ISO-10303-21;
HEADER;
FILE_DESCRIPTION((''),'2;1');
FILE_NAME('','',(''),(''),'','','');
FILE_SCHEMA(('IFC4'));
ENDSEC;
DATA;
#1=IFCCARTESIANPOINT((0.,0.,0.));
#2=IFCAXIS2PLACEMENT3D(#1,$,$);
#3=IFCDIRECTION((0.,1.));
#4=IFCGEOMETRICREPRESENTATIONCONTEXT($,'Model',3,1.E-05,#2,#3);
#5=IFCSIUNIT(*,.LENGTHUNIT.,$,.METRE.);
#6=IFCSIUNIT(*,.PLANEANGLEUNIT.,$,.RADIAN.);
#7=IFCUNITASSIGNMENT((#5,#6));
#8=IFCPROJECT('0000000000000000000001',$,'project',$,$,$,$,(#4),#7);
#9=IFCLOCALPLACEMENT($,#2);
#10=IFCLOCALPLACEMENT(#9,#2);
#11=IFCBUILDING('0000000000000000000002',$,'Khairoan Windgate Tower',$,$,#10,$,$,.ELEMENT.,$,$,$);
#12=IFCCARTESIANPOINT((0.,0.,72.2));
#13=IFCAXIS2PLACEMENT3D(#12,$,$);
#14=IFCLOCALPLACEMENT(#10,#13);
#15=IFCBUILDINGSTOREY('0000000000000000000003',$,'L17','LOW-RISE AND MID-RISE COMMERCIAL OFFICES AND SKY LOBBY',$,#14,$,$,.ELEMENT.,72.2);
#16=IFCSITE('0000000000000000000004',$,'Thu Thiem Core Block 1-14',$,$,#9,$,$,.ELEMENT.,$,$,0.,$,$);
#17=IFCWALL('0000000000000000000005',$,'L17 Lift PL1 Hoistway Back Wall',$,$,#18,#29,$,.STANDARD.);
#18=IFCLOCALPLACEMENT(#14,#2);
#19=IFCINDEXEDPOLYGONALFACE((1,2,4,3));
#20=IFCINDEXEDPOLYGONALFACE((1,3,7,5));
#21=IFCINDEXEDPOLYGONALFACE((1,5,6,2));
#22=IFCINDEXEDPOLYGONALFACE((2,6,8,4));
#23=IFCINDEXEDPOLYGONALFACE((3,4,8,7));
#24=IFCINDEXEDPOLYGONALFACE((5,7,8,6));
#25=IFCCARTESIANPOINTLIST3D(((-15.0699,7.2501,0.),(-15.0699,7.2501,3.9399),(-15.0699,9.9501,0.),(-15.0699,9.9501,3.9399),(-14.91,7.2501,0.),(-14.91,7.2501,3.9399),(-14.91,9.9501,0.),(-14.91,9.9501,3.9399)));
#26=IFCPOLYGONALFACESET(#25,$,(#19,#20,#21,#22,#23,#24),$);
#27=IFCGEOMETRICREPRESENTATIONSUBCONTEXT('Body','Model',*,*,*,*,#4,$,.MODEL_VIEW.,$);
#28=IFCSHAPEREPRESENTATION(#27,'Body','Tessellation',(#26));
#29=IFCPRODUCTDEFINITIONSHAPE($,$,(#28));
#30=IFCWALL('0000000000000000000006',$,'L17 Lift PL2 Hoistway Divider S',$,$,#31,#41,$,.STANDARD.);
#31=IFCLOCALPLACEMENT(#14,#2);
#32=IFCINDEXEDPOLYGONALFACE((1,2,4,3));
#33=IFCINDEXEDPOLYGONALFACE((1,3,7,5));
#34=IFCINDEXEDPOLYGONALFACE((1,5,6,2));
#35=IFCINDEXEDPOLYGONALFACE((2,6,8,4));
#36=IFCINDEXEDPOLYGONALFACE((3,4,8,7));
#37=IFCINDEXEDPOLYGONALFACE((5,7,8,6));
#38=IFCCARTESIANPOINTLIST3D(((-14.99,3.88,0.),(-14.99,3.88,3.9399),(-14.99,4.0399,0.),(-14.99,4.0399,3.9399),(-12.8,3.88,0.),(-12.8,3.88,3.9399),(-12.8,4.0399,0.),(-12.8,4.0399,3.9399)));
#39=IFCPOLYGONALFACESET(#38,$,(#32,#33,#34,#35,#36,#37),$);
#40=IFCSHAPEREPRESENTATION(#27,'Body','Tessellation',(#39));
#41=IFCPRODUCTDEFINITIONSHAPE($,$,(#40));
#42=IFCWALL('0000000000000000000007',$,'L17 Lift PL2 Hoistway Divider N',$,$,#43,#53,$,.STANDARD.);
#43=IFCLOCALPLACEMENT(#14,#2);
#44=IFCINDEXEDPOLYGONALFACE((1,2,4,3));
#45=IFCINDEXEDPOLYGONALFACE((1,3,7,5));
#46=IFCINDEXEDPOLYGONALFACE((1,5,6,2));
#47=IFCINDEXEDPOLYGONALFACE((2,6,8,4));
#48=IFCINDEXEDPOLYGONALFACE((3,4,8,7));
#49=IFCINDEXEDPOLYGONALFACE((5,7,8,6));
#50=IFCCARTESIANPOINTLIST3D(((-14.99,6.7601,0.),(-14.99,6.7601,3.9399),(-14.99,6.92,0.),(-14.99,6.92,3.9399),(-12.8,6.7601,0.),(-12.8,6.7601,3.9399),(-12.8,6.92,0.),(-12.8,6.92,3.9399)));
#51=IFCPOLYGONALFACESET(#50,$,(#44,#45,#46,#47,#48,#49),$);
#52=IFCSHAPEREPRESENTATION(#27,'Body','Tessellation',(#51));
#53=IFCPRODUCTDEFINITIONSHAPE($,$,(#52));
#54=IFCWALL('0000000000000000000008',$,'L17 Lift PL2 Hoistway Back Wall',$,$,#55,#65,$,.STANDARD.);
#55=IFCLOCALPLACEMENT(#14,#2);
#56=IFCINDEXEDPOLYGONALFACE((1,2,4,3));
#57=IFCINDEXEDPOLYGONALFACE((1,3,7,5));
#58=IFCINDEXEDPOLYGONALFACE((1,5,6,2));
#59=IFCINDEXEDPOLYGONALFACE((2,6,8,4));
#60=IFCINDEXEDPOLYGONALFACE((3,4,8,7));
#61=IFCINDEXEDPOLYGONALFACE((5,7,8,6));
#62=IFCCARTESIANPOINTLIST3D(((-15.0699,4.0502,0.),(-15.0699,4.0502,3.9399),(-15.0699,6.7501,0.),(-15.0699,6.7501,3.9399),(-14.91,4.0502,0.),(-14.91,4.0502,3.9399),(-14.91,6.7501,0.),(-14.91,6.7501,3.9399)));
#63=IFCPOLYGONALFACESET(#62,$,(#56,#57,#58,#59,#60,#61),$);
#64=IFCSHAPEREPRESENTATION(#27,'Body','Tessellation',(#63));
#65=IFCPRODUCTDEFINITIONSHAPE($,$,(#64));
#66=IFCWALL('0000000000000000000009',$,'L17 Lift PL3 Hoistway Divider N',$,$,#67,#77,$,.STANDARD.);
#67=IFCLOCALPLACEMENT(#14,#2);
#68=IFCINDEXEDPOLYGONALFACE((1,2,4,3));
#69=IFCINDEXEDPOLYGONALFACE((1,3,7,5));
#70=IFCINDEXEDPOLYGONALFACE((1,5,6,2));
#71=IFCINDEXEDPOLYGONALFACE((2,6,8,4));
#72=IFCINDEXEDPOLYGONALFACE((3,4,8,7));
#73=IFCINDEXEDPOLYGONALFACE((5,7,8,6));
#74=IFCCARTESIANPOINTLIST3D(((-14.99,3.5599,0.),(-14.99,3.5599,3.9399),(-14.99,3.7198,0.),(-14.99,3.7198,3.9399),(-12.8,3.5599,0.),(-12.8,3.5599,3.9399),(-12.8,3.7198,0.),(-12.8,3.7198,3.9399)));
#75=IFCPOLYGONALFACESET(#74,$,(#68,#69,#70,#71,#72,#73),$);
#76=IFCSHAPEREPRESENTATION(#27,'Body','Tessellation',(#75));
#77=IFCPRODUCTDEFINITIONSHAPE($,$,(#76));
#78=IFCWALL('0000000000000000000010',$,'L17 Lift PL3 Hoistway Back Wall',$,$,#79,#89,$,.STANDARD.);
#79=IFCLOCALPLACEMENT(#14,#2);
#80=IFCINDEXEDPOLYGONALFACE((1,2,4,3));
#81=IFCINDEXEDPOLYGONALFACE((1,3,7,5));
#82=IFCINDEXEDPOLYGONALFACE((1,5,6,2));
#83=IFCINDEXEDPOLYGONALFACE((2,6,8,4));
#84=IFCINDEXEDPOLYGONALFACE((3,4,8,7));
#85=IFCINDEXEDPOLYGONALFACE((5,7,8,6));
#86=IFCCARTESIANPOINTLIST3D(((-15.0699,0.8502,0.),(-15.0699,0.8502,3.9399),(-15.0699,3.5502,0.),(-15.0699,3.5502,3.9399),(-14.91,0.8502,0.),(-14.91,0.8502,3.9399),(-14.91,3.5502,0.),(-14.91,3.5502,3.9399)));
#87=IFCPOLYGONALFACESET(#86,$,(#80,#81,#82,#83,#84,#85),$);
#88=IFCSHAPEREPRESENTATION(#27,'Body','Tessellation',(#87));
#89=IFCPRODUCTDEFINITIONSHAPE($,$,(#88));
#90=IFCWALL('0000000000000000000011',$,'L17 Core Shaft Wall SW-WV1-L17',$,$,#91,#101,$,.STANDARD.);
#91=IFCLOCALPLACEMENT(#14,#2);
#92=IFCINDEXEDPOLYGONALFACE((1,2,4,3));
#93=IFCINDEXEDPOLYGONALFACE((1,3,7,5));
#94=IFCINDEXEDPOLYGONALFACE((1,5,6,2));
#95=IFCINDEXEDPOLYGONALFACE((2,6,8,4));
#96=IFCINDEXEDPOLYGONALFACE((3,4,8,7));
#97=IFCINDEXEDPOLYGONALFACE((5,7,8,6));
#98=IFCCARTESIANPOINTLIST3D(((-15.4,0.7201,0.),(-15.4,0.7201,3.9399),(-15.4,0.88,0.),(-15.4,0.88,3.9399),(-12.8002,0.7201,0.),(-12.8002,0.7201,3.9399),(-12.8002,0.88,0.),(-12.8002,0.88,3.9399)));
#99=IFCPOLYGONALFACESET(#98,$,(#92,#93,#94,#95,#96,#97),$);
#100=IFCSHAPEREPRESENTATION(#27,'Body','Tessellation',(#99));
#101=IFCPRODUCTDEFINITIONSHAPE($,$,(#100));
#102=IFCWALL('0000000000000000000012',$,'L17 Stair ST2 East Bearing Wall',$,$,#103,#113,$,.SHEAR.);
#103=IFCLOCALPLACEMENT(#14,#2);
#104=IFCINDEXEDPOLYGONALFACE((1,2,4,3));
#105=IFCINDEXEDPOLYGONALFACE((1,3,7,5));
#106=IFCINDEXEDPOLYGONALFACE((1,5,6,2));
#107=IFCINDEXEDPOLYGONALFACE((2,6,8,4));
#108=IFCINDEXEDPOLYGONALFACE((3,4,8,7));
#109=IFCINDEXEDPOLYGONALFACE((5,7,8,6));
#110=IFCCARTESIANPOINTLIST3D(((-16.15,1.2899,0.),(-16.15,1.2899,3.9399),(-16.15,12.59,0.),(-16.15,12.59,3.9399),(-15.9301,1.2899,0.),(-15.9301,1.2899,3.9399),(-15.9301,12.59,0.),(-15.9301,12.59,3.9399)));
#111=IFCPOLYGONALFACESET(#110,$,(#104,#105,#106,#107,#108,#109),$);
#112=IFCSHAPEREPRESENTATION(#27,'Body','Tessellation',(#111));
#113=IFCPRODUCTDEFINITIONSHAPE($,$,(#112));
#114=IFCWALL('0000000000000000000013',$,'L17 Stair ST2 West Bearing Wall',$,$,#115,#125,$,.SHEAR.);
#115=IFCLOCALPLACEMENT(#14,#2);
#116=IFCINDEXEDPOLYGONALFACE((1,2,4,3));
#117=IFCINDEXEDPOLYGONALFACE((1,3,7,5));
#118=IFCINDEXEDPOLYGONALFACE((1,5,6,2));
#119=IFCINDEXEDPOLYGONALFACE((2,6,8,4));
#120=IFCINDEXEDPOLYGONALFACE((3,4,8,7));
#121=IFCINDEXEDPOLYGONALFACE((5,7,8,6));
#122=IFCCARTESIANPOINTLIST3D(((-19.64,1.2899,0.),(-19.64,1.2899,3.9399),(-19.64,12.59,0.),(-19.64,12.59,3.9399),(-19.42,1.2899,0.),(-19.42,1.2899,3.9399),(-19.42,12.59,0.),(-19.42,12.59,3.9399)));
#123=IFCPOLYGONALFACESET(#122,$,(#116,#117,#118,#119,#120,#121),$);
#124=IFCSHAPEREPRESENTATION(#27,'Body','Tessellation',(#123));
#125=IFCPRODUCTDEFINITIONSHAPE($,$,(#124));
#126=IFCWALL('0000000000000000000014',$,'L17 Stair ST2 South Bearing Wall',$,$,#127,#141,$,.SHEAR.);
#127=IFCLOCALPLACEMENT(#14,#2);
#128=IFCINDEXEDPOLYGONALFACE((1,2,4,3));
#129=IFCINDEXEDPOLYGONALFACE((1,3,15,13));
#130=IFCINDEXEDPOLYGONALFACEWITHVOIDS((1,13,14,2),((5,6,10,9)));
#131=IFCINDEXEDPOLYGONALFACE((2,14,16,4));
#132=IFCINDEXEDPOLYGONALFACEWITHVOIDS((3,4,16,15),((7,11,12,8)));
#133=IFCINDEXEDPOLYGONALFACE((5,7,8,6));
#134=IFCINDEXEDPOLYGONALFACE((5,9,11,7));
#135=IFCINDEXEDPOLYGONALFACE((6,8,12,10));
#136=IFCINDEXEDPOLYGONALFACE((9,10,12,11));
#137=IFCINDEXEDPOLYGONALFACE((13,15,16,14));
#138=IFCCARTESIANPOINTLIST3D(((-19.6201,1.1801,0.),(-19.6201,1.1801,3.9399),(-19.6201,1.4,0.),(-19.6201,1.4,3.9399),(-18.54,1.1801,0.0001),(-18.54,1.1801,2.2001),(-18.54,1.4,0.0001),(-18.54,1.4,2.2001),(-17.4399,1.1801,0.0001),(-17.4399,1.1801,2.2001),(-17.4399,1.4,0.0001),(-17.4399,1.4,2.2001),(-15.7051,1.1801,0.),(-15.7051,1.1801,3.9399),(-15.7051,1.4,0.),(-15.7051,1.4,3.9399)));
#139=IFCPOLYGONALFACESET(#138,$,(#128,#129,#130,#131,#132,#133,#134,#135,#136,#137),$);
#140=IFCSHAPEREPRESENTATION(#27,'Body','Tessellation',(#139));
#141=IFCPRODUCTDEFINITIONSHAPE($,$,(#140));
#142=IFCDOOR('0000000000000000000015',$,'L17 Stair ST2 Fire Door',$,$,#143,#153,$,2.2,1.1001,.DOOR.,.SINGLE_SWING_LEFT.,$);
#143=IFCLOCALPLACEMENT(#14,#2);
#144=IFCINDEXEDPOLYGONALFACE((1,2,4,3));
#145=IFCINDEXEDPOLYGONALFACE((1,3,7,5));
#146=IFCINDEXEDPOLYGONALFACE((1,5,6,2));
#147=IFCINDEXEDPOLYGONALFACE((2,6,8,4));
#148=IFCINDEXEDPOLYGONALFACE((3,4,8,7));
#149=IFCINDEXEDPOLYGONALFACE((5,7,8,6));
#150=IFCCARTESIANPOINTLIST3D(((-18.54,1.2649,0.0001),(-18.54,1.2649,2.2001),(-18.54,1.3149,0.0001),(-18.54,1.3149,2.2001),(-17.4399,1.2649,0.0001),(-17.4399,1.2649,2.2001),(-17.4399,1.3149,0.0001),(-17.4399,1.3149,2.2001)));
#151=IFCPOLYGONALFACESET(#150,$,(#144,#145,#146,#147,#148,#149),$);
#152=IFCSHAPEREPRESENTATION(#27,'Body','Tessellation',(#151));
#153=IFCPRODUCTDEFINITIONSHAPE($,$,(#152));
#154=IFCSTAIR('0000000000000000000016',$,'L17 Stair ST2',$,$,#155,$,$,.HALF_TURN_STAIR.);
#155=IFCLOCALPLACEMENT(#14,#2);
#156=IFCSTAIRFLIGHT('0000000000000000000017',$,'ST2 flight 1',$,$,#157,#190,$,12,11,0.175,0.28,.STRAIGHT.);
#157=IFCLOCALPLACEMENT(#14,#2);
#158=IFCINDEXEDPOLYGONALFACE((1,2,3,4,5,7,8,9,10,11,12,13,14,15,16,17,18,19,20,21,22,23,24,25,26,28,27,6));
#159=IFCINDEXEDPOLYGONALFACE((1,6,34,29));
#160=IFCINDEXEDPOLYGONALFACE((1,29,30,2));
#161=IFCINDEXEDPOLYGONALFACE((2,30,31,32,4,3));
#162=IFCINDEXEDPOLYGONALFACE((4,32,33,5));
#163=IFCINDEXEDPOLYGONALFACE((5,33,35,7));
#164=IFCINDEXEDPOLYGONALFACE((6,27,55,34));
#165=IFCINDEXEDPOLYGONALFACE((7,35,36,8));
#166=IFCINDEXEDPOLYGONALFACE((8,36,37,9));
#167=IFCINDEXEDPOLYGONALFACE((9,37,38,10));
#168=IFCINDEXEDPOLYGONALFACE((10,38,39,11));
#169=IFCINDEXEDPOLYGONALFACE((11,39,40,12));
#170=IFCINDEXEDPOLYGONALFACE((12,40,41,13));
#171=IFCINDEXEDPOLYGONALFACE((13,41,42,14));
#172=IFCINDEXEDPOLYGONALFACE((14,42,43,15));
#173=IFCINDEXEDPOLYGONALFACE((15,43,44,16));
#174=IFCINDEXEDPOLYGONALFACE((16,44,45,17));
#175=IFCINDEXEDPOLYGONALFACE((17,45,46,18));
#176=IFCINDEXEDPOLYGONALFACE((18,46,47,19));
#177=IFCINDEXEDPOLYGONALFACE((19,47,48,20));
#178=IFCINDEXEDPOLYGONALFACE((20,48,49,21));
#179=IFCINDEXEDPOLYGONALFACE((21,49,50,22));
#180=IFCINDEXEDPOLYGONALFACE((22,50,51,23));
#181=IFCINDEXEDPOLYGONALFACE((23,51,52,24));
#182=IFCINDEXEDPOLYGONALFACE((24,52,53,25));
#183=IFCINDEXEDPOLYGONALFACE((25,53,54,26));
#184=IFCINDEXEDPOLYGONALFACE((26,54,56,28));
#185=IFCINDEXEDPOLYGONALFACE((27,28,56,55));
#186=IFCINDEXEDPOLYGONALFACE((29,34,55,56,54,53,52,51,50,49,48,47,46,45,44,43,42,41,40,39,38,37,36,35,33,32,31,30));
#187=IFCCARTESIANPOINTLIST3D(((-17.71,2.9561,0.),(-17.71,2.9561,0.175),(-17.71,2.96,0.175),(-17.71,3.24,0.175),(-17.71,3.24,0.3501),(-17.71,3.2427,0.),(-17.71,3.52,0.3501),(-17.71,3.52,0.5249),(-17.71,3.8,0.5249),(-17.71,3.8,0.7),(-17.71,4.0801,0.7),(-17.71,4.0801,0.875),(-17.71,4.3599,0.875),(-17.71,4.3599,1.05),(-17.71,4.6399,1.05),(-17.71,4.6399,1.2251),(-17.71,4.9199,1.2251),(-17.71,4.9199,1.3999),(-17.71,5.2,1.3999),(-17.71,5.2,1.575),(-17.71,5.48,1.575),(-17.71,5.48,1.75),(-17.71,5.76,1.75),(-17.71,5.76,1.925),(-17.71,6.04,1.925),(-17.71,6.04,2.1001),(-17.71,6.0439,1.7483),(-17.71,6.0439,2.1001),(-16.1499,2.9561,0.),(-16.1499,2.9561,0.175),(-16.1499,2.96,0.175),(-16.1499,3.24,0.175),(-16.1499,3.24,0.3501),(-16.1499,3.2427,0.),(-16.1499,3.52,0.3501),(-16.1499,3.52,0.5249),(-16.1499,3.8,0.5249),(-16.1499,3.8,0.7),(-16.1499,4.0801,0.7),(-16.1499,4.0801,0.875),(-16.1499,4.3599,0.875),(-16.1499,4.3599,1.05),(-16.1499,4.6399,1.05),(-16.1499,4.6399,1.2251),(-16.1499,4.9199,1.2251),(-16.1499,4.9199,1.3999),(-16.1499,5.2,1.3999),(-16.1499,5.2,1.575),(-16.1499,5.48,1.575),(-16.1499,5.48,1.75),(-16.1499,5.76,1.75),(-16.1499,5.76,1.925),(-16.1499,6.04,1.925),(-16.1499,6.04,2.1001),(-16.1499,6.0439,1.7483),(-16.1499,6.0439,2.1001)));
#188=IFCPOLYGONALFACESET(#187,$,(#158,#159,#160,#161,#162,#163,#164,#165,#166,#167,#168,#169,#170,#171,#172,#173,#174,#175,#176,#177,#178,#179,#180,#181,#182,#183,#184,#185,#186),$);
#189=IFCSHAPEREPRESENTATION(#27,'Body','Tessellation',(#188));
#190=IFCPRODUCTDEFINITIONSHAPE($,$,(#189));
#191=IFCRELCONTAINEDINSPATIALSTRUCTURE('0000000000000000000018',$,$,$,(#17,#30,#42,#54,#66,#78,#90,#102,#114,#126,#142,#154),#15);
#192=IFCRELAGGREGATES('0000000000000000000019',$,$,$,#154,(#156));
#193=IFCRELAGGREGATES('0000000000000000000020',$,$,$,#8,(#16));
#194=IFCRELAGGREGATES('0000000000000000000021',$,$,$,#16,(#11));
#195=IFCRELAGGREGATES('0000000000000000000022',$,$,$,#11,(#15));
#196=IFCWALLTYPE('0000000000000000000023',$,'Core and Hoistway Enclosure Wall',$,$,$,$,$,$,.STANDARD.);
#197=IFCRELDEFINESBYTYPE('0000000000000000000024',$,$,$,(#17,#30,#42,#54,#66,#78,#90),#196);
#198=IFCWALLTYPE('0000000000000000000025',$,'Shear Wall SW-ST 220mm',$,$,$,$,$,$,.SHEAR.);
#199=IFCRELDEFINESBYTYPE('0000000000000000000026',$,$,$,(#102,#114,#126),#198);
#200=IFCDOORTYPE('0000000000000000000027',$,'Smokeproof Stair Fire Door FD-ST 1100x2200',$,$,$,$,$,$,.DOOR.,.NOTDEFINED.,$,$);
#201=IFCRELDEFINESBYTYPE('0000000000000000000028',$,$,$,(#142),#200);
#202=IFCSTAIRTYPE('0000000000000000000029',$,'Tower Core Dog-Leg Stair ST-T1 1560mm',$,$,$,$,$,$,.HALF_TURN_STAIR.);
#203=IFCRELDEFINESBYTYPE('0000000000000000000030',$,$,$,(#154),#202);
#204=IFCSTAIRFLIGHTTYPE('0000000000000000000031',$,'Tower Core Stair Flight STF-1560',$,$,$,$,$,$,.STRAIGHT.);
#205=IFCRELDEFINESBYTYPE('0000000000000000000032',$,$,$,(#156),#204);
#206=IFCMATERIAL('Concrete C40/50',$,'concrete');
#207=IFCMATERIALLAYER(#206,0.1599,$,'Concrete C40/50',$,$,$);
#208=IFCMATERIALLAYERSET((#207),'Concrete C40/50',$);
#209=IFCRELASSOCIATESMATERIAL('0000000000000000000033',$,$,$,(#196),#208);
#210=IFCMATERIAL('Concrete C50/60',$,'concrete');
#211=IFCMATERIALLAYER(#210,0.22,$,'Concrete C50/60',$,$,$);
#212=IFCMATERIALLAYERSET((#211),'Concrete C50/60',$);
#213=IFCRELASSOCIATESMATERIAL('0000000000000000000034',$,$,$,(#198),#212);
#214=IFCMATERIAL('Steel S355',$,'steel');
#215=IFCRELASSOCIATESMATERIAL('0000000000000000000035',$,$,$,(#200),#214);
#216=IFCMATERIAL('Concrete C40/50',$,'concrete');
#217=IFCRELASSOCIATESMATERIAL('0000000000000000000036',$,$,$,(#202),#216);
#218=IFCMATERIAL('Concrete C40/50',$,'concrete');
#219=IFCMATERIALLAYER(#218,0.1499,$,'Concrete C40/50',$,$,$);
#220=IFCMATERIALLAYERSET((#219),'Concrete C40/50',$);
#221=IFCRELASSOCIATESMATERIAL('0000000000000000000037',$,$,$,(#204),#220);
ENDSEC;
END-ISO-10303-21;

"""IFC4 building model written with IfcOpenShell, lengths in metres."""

from ifc_helpers import new_model, si_unit, direction, frame, frame_2d, origin, place, context, subcontext, project, spatial, polyline, rectangle, outline, extrude, material, layer, layer_set, type_object, element, fill, aggregate, save


model = new_model("IFC4")

# Units and contexts
model_context = context("Model", 3, precision=1e-05, world=origin(), true_north=direction((0.0, 1.0)))
body_context = subcontext(model_context, "Body", "Model", "MODEL_VIEW")
ifc_project = project(units=[si_unit("LENGTHUNIT", "METRE"), si_unit("PLANEANGLEUNIT", "RADIAN")], contexts=[model_context])

# Site, building, storey
site_placement = place(None, origin())
site = spatial("IfcSite", under=ifc_project, at=site_placement, Name="Thu Thiem Core Block 1-14", CompositionType="ELEMENT", RefElevation=0.0)
building_placement = place(site_placement, origin())
building = spatial("IfcBuilding", under=site, at=building_placement, Name="Khairoan Windgate Tower", CompositionType="ELEMENT")
storey_placement = place(building_placement, frame((0.0, 0.0, 72.2)))
storey = spatial("IfcBuildingStorey", under=building, at=storey_placement, Name="L17", Description="LOW-RISE AND MID-RISE COMMERCIAL OFFICES AND SKY LOBBY", CompositionType="ELEMENT", Elevation=72.2)

# Walls
ifc_material_1 = material(Name="Concrete C40/50", Category="concrete")
ifc_layer_1 = layer(ifc_material_1, 0.1599, Name="Concrete C40/50")
ifc_layer_set_1 = layer_set([ifc_layer_1], Name="Concrete C40/50")
wall_type_1 = type_object("IfcWallType", Name="Core and Hoistway Enclosure Wall", PredefinedType="STANDARD", material=ifc_layer_set_1)
wall_1_placement = place(storey_placement, frame((-14.99, 7.25, 0.0), z_axis=(0.0, 0.0, 1.0), x_axis=(0.0, 1.0, 0.0)))
element("IfcWall", 1, at=wall_1_placement, inside=storey, type_object=wall_type_1, Name="L17 Lift PL1 Hoistway Back Wall", PredefinedType="STANDARD", context=body_context, shape_type="SweptSolid", body=[
    extrude(rectangle(XDim=2.7, YDim=0.1599, at=frame_2d((1.3501, 0.0))), origin(), (0.0, 0.0, 1.0), 3.9399),
])
for number, where, z_axis, x_axis, name in (
    (2, (-14.99, 3.96, 0.0), (0.0, 0.0, 1.0), (1.0, 0.0, 0.0), "L17 Lift PL2 Hoistway Divider S"),
    (3, (-14.99, 6.8401, 0.0), (0.0, 0.0, 1.0), (1.0, 0.0, 0.0), "L17 Lift PL2 Hoistway Divider N"),
):
    element("IfcWall", number, at=place(storey_placement, frame(where, z_axis=z_axis, x_axis=x_axis)), inside=storey, type_object=wall_type_1, Name=name, PredefinedType="STANDARD", context=body_context, shape_type="SweptSolid", body=[
        extrude(rectangle(XDim=2.1899, YDim=0.1599, at=frame_2d((1.095, 0.0))), origin(), (0.0, 0.0, 1.0), 3.9399),
    ])
wall_2_placement = place(storey_placement, frame((-14.99, 4.05, 0.0), z_axis=(0.0, 0.0, 1.0), x_axis=(0.0, 1.0, 0.0)))
element("IfcWall", 4, at=wall_2_placement, inside=storey, type_object=wall_type_1, Name="L17 Lift PL2 Hoistway Back Wall", PredefinedType="STANDARD", context=body_context, shape_type="SweptSolid", body=[
    extrude(rectangle(XDim=2.7, YDim=0.1599, at=frame_2d((1.3501, 0.0))), origin(), (0.0, 0.0, 1.0), 3.9399),
])
wall_3_placement = place(storey_placement, frame((-14.99, 3.6399, 0.0), z_axis=(0.0, 0.0, 1.0), x_axis=(1.0, 0.0, 0.0)))
element("IfcWall", 5, at=wall_3_placement, inside=storey, type_object=wall_type_1, Name="L17 Lift PL3 Hoistway Divider N", PredefinedType="STANDARD", context=body_context, shape_type="SweptSolid", body=[
    extrude(rectangle(XDim=2.1899, YDim=0.1599, at=frame_2d((1.095, 0.0))), origin(), (0.0, 0.0, 1.0), 3.9399),
])
wall_4_placement = place(storey_placement, frame((-14.99, 0.8501, 0.0), z_axis=(0.0, 0.0, 1.0), x_axis=(0.0, 1.0, 0.0)))
element("IfcWall", 6, at=wall_4_placement, inside=storey, type_object=wall_type_1, Name="L17 Lift PL3 Hoistway Back Wall", PredefinedType="STANDARD", context=body_context, shape_type="SweptSolid", body=[
    extrude(rectangle(XDim=2.7, YDim=0.1599, at=frame_2d((1.3501, 0.0))), origin(), (0.0, 0.0, 1.0), 3.9399),
])
wall_5_placement = place(storey_placement, frame((-15.3999, 0.8, 0.0), z_axis=(0.0, 0.0, 1.0), x_axis=(1.0, 0.0, 0.0)))
element("IfcWall", 7, at=wall_5_placement, inside=storey, type_object=wall_type_1, Name="L17 Core Shaft Wall SW-WV1-L17", PredefinedType="STANDARD", context=body_context, shape_type="SweptSolid", body=[
    extrude(rectangle(XDim=2.5999, YDim=0.1599, at=frame_2d((1.2998, 0.0))), origin(), (0.0, 0.0, 1.0), 3.9399),
])
ifc_material_2 = material(Name="Concrete C50/60", Category="concrete")
ifc_layer_2 = layer(ifc_material_2, 0.22, Name="Concrete C50/60")
ifc_layer_set_2 = layer_set([ifc_layer_2], Name="Concrete C50/60")
wall_type_2 = type_object("IfcWallType", Name="Shear Wall SW-ST 220mm", PredefinedType="SHEAR", material=ifc_layer_set_2)
for number, where, z_axis, x_axis, name in (
    (8, (-16.04, 1.29, 0.0), (0.0, 0.0, 1.0), (0.0, 1.0, 0.0), "L17 Stair ST2 East Bearing Wall"),
    (9, (-19.53, 1.29, 0.0), (0.0, 0.0, 1.0), (0.0, 1.0, 0.0), "L17 Stair ST2 West Bearing Wall"),
):
    element("IfcWall", number, at=place(storey_placement, frame(where, z_axis=z_axis, x_axis=x_axis)), inside=storey, type_object=wall_type_2, Name=name, PredefinedType="SHEAR", context=body_context, shape_type="SweptSolid", body=[
        extrude(rectangle(XDim=11.3, YDim=0.22, at=frame_2d((5.6499, 0.0))), origin(), (0.0, 0.0, 1.0), 3.9399),
    ])

# Wall, opening, door
wall_6_placement = place(storey_placement, frame((-19.6201, 1.29, 0.0), z_axis=(0.0, 0.0, 1.0), x_axis=(1.0, 0.0, 0.0)))
wall_6 = element("IfcWall", 10, at=wall_6_placement, inside=storey, type_object=wall_type_2, Name="L17 Stair ST2 South Bearing Wall", PredefinedType="SHEAR", context=body_context, shape_type="SweptSolid", body=[
    extrude(rectangle(XDim=3.915, YDim=0.22, at=frame_2d((1.9575, 0.0))), origin(), (0.0, 0.0, 1.0), 3.9399),
])
opening_placement = place(wall_6_placement, frame((1.0801, 0.0, 0.0)))
opening = element("IfcOpeningElement", 11, at=opening_placement, cuts=wall_6, PredefinedType="OPENING", context=body_context, shape_type="SweptSolid", body=[
    extrude(rectangle(XDim=1.1001, YDim=2.2, at=frame_2d((0.55, 1.1001))), frame((0.0, 0.1199, 0.0), z_axis=(0.0, -1.0, 0.0), x_axis=(1.0, 0.0, 0.0)), (0.0, 0.0, 1.0), 0.24),
])
ifc_material_3 = material(Name="Steel S355", Category="steel")
door_type = type_object("IfcDoorType", Name="Smokeproof Stair Fire Door FD-ST 1100x2200", OperationType="NOTDEFINED", PredefinedType="DOOR", material=ifc_material_3)
door_placement = place(opening_placement, origin())
door = element("IfcDoor", 12, at=door_placement, inside=storey, type_object=door_type, Name="L17 Stair ST2 Fire Door", OperationType="SINGLE_SWING_LEFT", OverallHeight=2.2, OverallWidth=1.1001, PredefinedType="DOOR", context=body_context, shape_type="SweptSolid", body=[
    extrude(rectangle(XDim=1.1001, YDim=2.2, at=frame_2d((0.55, 1.1001))), frame((0.0, 0.0249, 0.0), z_axis=(0.0, -1.0, 0.0), x_axis=(1.0, 0.0, 0.0)), (0.0, 0.0, 1.0), 0.05),
])
fill(opening, door)

# Stair, stair flight
ifc_material_4 = material(Name="Concrete C40/50", Category="concrete")
stair_type = type_object("IfcStairType", Name="Tower Core Dog-Leg Stair ST-T1 1560mm", PredefinedType="HALF_TURN_STAIR", material=ifc_material_4)
stair_placement = place(storey_placement, origin())
stair = element("IfcStair", 13, at=stair_placement, inside=storey, type_object=stair_type, Name="L17 Stair ST2", PredefinedType="HALF_TURN_STAIR")
ifc_material_5 = material(Name="Concrete C40/50", Category="concrete")
ifc_layer_3 = layer(ifc_material_5, 0.1499, Name="Concrete C40/50")
ifc_layer_set_3 = layer_set([ifc_layer_3], Name="Concrete C40/50")
stair_flight_type = type_object("IfcStairFlightType", Name="Tower Core Stair Flight STF-1560", PredefinedType="STRAIGHT", material=ifc_layer_set_3)
stair_flight_1_placement = place(storey_placement, frame((-16.9299, 2.96, 0.0), z_axis=(0.0, 0.0, 1.0), x_axis=(0.0, 1.0, 0.0)))
stair_flight_1 = element("IfcStairFlight", 14, at=stair_flight_1_placement, type_object=stair_flight_type, Name="ST2 flight 1", NumberOfRisers=12, NumberOfTreads=11, PredefinedType="STRAIGHT", RiserHeight=0.175, TreadLength=0.28, context=body_context, shape_type="SweptSolid", body=[
    extrude(outline(polyline([(-0.0039, 0.0), (-0.0039, 0.175), (0.0, 0.175), (0.28, 0.175), (0.28, 0.3501), (0.5601, 0.3501), (0.5601, 0.5249), (0.8401, 0.5249), (0.8401, 0.7), (1.1201, 0.7), (1.1201, 0.875), (1.3999, 0.875), (1.3999, 1.05), (1.6799, 1.05), (1.6799, 1.2251), (1.96, 1.2251), (1.96, 1.3999), (2.24, 1.3999), (2.24, 1.575), (2.52, 1.575), (2.52, 1.75), (2.8, 1.75), (2.8, 1.925), (3.0801, 1.925), (3.0801, 2.1001), (3.084, 2.1001), (3.084, 1.7483), (0.2827, 0.0), (-0.0039, 0.0)])), frame((0.0, 0.78, 0.0), z_axis=(0.0, -1.0, 0.0), x_axis=(1.0, 0.0, 0.0)), (0.0, 0.0, 1.0), 1.5601),
])
aggregate(stair, [stair_flight_1])

save(model, "model.ifc")
